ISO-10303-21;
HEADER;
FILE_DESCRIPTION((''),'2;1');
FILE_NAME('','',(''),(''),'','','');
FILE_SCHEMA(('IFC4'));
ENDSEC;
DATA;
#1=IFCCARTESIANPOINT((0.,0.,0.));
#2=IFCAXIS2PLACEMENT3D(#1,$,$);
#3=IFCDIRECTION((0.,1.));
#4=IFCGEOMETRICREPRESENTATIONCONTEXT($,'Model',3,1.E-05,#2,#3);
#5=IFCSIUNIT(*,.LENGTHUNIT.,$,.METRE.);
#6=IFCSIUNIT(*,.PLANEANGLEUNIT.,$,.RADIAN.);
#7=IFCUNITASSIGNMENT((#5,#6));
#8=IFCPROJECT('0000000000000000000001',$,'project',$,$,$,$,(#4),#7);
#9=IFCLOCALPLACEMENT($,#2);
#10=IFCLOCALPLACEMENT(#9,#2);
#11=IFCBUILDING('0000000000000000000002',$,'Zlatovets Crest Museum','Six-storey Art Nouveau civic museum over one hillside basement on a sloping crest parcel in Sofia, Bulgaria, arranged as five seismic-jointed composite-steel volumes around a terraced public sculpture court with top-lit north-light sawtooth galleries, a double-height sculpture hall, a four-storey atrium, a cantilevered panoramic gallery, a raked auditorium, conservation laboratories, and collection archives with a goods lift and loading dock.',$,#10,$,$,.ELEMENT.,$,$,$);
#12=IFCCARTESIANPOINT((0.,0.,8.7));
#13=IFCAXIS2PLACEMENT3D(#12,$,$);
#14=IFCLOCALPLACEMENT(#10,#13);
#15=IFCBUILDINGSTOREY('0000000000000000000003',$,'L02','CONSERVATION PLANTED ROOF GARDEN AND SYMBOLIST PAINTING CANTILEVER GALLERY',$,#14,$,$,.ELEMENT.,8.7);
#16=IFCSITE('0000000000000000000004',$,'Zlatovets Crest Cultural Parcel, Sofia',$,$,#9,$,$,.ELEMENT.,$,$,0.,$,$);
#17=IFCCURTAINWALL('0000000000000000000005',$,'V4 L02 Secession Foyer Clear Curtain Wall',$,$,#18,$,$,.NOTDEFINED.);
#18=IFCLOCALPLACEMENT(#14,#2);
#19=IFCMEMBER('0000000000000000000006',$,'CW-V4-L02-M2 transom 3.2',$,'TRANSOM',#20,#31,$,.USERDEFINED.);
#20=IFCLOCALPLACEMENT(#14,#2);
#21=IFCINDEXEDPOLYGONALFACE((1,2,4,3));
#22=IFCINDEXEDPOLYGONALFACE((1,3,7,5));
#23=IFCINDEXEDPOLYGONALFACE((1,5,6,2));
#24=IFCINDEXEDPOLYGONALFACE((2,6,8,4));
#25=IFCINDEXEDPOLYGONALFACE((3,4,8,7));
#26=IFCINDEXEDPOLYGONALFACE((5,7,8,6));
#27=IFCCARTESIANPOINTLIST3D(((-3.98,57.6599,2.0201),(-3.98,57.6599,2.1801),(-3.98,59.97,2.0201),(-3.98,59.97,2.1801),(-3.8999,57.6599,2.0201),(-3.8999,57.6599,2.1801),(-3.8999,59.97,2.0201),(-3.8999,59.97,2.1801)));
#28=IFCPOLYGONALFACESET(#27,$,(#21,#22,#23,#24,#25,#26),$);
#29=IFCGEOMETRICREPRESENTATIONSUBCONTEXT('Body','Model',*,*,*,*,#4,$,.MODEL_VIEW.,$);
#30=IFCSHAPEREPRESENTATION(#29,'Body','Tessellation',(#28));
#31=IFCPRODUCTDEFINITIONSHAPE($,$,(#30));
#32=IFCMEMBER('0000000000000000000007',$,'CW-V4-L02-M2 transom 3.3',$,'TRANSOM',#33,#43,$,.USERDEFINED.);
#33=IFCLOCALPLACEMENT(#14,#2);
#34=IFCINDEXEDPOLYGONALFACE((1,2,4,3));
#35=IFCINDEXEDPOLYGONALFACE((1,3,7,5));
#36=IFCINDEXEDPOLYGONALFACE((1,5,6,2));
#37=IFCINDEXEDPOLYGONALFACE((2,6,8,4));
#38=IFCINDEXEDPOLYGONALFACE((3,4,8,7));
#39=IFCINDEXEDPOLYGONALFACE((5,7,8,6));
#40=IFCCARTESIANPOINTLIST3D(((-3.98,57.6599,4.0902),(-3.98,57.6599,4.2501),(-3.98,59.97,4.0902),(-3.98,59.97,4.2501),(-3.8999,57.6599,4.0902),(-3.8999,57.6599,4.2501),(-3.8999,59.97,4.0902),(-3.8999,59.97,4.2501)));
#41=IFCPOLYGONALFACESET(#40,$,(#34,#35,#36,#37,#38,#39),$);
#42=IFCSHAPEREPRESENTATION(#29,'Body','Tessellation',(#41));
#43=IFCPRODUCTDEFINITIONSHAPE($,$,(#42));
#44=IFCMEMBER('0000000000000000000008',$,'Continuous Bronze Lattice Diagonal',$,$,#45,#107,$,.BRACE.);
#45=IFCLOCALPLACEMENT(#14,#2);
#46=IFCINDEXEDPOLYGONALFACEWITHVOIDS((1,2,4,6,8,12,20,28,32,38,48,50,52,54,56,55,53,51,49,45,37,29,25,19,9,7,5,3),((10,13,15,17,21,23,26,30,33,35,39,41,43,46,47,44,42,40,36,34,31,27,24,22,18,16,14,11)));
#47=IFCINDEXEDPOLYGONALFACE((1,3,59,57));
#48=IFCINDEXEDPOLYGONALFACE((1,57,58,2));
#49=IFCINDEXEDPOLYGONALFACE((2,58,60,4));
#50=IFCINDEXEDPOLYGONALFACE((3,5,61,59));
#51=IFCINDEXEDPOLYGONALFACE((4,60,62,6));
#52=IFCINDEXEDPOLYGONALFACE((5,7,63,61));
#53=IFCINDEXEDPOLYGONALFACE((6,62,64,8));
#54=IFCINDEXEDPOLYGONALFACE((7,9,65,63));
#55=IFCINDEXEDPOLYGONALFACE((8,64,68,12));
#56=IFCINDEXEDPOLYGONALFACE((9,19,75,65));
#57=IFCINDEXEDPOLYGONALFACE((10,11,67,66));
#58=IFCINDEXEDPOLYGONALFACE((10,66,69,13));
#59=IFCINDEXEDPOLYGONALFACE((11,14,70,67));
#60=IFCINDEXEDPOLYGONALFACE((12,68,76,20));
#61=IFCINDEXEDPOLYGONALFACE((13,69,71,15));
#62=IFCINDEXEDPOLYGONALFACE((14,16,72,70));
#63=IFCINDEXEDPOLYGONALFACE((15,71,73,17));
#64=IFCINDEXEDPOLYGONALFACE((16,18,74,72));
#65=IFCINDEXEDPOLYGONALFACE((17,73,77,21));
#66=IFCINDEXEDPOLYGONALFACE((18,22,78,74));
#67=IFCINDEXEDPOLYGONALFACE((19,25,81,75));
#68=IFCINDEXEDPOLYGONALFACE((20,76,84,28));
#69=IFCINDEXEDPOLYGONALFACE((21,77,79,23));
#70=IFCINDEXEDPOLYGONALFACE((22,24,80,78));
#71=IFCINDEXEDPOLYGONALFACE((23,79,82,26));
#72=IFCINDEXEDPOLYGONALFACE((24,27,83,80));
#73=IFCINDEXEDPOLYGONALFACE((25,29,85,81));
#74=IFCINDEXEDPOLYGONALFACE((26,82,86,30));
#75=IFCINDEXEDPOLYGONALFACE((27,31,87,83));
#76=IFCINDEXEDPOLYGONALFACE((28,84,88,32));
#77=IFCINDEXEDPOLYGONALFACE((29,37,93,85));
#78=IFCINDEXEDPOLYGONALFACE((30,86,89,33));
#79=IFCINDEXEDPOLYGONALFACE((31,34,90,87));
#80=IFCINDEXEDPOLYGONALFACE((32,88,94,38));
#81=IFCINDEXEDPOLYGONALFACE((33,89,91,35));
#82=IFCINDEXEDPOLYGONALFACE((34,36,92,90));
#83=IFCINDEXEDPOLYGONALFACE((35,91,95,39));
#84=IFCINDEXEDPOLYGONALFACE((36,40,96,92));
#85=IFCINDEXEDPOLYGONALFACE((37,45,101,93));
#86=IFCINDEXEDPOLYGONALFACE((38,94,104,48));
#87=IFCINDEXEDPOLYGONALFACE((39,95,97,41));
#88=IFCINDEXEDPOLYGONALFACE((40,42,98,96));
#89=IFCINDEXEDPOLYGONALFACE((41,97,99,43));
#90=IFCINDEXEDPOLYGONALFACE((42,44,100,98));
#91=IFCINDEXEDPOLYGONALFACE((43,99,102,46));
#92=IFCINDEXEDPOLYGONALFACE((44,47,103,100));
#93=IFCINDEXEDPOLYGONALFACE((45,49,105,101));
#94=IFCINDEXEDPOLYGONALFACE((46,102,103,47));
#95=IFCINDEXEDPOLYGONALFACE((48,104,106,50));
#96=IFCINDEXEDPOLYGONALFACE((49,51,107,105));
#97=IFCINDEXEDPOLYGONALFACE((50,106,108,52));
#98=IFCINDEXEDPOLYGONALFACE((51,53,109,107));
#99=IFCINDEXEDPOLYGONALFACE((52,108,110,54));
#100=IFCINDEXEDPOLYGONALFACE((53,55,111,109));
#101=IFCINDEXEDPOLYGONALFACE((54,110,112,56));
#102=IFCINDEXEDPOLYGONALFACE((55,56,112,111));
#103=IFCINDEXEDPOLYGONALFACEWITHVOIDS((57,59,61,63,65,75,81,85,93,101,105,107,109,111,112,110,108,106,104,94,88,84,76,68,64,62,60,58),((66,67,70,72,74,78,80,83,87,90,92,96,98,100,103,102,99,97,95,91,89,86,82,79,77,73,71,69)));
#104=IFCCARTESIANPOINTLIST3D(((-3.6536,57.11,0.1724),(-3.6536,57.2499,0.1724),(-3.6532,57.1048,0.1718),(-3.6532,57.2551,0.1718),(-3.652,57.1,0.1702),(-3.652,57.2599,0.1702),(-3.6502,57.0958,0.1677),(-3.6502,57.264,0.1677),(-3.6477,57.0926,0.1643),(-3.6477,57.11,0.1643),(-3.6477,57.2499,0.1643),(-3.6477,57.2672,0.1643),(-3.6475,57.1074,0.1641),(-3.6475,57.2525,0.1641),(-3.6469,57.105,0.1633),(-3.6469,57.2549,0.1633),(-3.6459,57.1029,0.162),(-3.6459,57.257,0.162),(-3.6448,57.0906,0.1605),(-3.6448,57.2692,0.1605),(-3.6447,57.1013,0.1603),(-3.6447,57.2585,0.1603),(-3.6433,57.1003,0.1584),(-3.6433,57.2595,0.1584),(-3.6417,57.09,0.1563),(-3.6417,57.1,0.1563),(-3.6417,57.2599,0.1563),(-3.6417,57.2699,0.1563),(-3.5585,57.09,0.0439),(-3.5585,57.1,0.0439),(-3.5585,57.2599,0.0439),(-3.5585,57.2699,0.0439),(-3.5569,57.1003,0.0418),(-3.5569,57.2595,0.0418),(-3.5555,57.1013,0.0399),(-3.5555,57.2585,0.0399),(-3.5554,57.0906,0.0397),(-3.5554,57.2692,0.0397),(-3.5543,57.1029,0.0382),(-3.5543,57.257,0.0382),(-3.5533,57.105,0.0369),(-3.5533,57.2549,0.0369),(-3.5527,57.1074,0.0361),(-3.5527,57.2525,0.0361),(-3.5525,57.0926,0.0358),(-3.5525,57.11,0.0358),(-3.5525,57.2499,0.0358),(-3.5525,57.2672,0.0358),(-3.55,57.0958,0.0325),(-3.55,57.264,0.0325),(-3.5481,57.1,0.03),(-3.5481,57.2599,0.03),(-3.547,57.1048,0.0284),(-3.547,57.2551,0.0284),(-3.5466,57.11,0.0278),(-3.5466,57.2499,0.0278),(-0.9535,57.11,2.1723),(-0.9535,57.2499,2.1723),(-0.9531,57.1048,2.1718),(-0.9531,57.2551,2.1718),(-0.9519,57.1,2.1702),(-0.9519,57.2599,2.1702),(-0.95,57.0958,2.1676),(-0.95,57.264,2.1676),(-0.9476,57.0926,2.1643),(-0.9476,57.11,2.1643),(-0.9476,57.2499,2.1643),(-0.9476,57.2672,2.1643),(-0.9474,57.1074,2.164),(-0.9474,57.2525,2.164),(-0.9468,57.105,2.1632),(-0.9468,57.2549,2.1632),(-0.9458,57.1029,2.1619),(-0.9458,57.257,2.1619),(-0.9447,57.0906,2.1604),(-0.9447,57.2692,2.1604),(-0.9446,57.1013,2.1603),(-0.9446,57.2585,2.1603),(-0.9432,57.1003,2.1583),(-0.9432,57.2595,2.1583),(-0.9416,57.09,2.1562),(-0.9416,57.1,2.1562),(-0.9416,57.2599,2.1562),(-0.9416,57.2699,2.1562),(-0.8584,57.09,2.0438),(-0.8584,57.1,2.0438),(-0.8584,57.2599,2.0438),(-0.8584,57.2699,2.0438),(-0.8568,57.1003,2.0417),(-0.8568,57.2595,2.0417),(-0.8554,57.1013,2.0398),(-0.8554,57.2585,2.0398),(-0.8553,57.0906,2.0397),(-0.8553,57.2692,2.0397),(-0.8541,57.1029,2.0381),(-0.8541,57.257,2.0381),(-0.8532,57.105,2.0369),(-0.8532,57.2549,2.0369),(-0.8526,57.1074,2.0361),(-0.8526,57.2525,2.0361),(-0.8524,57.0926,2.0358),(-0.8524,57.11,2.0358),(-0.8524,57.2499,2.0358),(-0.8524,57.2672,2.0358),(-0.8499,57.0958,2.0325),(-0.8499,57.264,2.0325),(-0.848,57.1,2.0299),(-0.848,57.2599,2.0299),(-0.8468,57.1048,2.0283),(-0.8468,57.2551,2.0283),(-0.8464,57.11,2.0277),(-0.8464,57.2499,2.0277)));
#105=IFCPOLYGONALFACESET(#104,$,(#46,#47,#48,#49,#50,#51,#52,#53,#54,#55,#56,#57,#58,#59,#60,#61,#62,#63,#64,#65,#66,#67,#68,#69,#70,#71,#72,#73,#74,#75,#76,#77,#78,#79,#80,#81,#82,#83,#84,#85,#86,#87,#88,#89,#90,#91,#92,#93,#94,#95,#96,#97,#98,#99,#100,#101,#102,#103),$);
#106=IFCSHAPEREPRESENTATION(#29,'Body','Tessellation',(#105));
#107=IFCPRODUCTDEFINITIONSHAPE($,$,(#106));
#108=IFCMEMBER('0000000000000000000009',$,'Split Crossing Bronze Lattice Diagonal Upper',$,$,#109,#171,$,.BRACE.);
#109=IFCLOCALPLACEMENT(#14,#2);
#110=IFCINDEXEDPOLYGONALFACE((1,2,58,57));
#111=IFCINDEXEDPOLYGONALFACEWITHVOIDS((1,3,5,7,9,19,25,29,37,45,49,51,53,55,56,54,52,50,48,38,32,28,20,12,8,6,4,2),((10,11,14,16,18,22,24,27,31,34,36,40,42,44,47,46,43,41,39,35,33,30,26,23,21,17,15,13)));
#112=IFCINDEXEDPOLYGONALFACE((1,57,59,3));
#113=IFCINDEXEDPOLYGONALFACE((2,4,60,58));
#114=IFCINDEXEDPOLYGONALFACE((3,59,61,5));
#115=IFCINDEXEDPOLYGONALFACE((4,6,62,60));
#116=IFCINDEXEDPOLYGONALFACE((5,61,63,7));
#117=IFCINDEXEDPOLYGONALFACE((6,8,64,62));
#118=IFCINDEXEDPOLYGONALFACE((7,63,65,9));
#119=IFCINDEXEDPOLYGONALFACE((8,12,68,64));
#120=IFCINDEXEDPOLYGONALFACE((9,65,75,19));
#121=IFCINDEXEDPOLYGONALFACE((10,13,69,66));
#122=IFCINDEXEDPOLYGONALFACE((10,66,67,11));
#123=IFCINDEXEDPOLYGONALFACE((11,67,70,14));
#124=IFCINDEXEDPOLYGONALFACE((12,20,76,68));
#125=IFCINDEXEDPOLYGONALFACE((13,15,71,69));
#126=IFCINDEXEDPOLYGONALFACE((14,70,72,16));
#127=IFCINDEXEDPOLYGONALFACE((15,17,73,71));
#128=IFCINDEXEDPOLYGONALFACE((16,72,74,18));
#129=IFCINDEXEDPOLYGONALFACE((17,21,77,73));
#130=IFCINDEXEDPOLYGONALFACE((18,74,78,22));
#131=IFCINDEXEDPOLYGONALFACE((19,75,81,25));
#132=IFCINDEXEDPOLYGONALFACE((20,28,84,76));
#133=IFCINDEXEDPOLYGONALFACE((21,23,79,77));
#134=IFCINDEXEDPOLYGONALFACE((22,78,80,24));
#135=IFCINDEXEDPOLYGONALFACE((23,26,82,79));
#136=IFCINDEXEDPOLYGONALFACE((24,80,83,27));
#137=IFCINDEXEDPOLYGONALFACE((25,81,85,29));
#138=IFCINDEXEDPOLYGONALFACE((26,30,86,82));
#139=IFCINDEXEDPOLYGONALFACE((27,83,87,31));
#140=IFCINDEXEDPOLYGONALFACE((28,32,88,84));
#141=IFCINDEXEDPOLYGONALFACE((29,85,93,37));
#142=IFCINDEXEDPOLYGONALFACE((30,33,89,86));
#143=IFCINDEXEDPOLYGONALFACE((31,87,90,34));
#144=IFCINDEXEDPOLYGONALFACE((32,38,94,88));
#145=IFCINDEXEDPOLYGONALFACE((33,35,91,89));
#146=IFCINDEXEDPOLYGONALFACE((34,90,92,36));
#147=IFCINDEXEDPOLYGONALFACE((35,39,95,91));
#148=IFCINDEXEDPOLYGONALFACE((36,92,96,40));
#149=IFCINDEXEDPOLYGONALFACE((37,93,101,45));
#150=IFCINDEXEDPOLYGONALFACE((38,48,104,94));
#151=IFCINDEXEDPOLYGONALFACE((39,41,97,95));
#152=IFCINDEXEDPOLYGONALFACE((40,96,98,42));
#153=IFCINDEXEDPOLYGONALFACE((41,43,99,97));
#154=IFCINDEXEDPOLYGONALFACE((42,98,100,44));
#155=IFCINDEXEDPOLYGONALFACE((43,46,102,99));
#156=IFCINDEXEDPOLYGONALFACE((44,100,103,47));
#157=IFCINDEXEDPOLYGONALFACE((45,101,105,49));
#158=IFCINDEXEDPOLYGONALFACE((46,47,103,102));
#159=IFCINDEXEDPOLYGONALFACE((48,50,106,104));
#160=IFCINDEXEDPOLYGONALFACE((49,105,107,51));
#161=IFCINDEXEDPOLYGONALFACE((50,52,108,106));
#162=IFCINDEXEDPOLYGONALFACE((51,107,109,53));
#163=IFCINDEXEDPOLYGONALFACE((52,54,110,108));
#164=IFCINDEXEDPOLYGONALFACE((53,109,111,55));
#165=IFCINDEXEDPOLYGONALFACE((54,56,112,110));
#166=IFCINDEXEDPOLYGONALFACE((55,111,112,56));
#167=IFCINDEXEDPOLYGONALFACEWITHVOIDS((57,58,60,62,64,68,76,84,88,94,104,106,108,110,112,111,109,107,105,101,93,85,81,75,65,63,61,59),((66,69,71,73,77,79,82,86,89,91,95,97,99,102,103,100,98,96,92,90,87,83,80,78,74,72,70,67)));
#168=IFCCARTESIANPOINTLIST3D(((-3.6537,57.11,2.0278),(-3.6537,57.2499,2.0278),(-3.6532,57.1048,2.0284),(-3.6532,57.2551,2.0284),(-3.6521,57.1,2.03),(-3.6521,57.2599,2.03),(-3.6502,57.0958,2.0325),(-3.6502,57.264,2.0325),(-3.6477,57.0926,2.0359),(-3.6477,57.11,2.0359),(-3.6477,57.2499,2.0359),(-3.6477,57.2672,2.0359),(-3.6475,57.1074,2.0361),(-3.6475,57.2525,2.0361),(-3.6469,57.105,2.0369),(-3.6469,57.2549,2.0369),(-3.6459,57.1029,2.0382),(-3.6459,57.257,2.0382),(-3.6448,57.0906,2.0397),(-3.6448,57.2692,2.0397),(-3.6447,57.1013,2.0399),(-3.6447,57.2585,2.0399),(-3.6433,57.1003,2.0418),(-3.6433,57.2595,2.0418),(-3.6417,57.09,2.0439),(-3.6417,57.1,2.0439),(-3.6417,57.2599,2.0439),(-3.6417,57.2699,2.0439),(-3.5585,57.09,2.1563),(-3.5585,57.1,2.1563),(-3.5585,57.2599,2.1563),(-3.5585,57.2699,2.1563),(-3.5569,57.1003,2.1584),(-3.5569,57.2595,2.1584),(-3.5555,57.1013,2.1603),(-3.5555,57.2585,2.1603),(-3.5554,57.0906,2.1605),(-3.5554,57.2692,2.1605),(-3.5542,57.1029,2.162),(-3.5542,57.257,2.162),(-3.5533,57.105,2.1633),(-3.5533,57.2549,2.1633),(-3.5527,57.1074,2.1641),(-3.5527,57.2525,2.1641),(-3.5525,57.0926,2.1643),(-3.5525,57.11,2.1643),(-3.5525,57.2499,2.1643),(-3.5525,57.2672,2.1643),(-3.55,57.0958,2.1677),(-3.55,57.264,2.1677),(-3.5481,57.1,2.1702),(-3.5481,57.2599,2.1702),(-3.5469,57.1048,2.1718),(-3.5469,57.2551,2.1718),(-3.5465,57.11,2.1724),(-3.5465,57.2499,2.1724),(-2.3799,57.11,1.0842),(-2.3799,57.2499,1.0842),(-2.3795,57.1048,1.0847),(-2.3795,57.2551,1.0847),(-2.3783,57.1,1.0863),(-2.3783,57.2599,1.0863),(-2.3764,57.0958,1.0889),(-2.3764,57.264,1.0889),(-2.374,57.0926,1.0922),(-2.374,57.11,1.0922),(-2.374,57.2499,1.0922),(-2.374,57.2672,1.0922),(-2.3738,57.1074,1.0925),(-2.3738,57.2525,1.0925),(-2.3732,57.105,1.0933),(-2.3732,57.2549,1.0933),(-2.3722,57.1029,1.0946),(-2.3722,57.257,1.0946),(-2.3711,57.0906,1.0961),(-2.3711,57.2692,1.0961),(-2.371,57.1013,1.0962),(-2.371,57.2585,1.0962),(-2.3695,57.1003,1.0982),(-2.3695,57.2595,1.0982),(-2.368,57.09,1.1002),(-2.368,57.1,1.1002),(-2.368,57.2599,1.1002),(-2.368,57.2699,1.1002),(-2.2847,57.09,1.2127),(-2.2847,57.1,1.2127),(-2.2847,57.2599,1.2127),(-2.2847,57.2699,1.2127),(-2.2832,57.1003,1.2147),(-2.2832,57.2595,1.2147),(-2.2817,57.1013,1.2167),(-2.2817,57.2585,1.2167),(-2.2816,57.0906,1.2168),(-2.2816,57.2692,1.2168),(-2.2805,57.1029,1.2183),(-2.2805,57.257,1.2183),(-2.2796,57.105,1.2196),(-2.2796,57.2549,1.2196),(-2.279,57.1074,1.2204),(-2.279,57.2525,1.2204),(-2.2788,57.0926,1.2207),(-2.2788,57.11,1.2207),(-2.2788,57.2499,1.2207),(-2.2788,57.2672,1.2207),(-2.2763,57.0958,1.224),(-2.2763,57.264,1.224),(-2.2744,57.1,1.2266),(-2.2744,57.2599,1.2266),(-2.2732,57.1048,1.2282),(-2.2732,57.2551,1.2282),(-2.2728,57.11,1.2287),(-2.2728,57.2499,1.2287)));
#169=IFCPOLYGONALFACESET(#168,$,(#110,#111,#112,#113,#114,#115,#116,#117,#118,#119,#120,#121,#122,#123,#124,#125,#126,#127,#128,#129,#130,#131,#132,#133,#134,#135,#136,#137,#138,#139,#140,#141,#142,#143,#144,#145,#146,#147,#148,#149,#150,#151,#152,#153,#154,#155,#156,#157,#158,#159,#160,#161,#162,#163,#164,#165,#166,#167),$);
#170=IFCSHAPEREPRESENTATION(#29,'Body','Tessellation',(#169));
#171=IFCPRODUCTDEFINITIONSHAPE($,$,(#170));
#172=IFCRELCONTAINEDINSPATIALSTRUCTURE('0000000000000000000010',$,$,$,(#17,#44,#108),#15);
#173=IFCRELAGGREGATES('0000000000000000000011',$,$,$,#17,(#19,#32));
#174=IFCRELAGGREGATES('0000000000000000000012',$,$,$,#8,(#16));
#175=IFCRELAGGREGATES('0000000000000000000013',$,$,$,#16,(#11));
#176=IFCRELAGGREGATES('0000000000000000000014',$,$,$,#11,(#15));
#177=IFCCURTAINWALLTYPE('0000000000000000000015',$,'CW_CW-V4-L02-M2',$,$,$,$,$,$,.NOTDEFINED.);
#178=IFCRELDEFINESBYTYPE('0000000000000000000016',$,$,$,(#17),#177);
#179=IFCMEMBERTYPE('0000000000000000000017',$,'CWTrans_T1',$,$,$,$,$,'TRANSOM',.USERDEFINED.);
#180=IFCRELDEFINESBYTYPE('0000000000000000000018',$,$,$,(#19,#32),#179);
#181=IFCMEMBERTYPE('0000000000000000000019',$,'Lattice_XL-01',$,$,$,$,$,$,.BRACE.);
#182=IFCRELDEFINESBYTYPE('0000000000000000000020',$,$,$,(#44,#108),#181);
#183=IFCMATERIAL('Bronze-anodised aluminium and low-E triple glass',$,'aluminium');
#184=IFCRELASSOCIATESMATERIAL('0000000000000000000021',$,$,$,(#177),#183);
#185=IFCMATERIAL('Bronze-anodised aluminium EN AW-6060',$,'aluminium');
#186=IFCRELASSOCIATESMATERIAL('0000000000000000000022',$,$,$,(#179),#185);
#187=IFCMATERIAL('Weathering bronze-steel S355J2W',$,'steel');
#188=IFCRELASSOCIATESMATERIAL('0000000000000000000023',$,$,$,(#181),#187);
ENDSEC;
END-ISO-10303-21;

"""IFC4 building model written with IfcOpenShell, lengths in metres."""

from ifc_helpers import new_model, si_unit, direction, frame, origin, origin_2d, place, context, subcontext, project, spatial, rectangle, hollow_rectangle, extrude, material, material_profile, profile_set, type_object, element, aggregate, save


model = new_model("IFC4")

# Units and contexts
model_context = context("Model", 3, precision=1e-05, world=origin(), true_north=direction((0.0, 1.0)))
body_context = subcontext(model_context, "Body", "Model", "MODEL_VIEW")
ifc_project = project(units=[si_unit("LENGTHUNIT", "METRE"), si_unit("PLANEANGLEUNIT", "RADIAN")], contexts=[model_context])

# Site, building, storey
site_placement = place(None, origin())
site = spatial("IfcSite", under=ifc_project, at=site_placement, Name="Zlatovets Crest Cultural Parcel, Sofia", CompositionType="ELEMENT", RefElevation=0.0)
building_placement = place(site_placement, origin())
building = spatial("IfcBuilding", under=site, at=building_placement, Name="Zlatovets Crest Museum", Description="Six-storey Art Nouveau civic museum over one hillside basement on a sloping crest parcel in Sofia, Bulgaria, arranged as five seismic-jointed composite-steel volumes around a terraced public sculpture court with top-lit north-light sawtooth galleries, a double-height sculpture hall, a four-storey atrium, a cantilevered panoramic gallery, a raked auditorium, conservation laboratories, and collection archives with a goods lift and loading dock.", CompositionType="ELEMENT")
storey_placement = place(building_placement, frame((0.0, 0.0, 8.7)))
storey = spatial("IfcBuildingStorey", under=building, at=storey_placement, Name="L02", Description="CONSERVATION PLANTED ROOF GARDEN AND SYMBOLIST PAINTING CANTILEVER GALLERY", CompositionType="ELEMENT", Elevation=8.7)

# Curtain wall, members
ifc_material_1 = material(Name="Bronze-anodised aluminium and low-E triple glass", Category="aluminium")
curtain_wall_type = type_object("IfcCurtainWallType", Name="CW_CW-V4-L02-M2", PredefinedType="NOTDEFINED", material=ifc_material_1)
curtain_wall_placement = place(storey_placement, origin())
curtain_wall = element("IfcCurtainWall", 1, at=curtain_wall_placement, inside=storey, type_object=curtain_wall_type, Name="V4 L02 Secession Foyer Clear Curtain Wall", PredefinedType="NOTDEFINED")
ifc_material_2 = material(Name="Bronze-anodised aluminium EN AW-6060", Category="aluminium")
ifc_material_profile_1 = material_profile(ifc_material_2, rectangle(XDim=0.0801, YDim=0.1599, at=origin_2d()), Name="ALU 80x160")
ifc_profile_set_1 = profile_set([ifc_material_profile_1], Name="Bronze-anodised aluminium EN AW-6060")
member_type_1 = type_object("IfcMemberType", Name="CWTrans_T1", ElementType="TRANSOM", PredefinedType="USERDEFINED", material=ifc_profile_set_1)
member_1_placement = place(storey_placement, frame((-3.9399, 59.97, 2.1001), z_axis=(0.0, -1.0, 0.0), x_axis=(1.0, 0.0, 0.0)))
member_1 = element("IfcMember", 2, at=member_1_placement, type_object=member_type_1, Name="CW-V4-L02-M2 transom 3.2", ObjectType="TRANSOM", PredefinedType="USERDEFINED", context=body_context, shape_type="SweptSolid", body=[
    extrude(rectangle(XDim=0.0801, YDim=0.1599, at=origin_2d()), origin(), (0.0, 0.0, 1.0), 2.3101),
])
member_2_placement = place(storey_placement, frame((-3.9399, 59.97, 4.1702), z_axis=(0.0, -1.0, 0.0), x_axis=(1.0, 0.0, 0.0)))
member_2 = element("IfcMember", 3, at=member_2_placement, type_object=member_type_1, Name="CW-V4-L02-M2 transom 3.3", ObjectType="TRANSOM", PredefinedType="USERDEFINED", context=body_context, shape_type="SweptSolid", body=[
    extrude(rectangle(XDim=0.0801, YDim=0.1599, at=origin_2d()), origin(), (0.0, 0.0, 1.0), 2.3101),
])

# Members
ifc_material_3 = material(Name="Weathering bronze-steel S355J2W", Category="steel")
ifc_material_profile_2 = material_profile(ifc_material_3, hollow_rectangle(XDim=0.1799, YDim=0.1799, WallThickness=0.01, InnerFilletRadius=0.01, OuterFilletRadius=0.02, at=origin_2d()), Name="SHS 180x180x10.0")
ifc_profile_set_2 = profile_set([ifc_material_profile_2], Name="Weathering bronze-steel S355J2W")
member_type_2 = type_object("IfcMemberType", Name="Lattice_XL-01", PredefinedType="BRACE", material=ifc_profile_set_2)
member_3_placement = place(storey_placement, frame((-3.6001, 57.1799, 0.1001), z_axis=(0.803578, 0.0, 0.5952), x_axis=(0.0, 1.0, 0.0)))
element("IfcMember", 4, at=member_3_placement, inside=storey, type_object=member_type_2, Name="Continuous Bronze Lattice Diagonal", PredefinedType="BRACE", context=body_context, shape_type="SweptSolid", body=[
    extrude(hollow_rectangle(XDim=0.1799, YDim=0.1799, WallThickness=0.01, InnerFilletRadius=0.01, OuterFilletRadius=0.02, at=origin_2d()), origin(), (0.0, 0.0, 1.0), 3.3601),
])
member_4_placement = place(storey_placement, frame((-3.6001, 57.1799, 2.1001), z_axis=(0.803516, 0.0, -0.595283), x_axis=(0.0, 1.0, 0.0)))
element("IfcMember", 5, at=member_4_placement, inside=storey, type_object=member_type_2, Name="Split Crossing Bronze Lattice Diagonal Upper", PredefinedType="BRACE", context=body_context, shape_type="SweptSolid", body=[
    extrude(hollow_rectangle(XDim=0.1799, YDim=0.1799, WallThickness=0.01, InnerFilletRadius=0.01, OuterFilletRadius=0.02, at=origin_2d()), origin(), (0.0, 0.0, 1.0), 1.5852),
])

aggregate(curtain_wall, [member_1, member_2])

save(model, "model.ifc")
